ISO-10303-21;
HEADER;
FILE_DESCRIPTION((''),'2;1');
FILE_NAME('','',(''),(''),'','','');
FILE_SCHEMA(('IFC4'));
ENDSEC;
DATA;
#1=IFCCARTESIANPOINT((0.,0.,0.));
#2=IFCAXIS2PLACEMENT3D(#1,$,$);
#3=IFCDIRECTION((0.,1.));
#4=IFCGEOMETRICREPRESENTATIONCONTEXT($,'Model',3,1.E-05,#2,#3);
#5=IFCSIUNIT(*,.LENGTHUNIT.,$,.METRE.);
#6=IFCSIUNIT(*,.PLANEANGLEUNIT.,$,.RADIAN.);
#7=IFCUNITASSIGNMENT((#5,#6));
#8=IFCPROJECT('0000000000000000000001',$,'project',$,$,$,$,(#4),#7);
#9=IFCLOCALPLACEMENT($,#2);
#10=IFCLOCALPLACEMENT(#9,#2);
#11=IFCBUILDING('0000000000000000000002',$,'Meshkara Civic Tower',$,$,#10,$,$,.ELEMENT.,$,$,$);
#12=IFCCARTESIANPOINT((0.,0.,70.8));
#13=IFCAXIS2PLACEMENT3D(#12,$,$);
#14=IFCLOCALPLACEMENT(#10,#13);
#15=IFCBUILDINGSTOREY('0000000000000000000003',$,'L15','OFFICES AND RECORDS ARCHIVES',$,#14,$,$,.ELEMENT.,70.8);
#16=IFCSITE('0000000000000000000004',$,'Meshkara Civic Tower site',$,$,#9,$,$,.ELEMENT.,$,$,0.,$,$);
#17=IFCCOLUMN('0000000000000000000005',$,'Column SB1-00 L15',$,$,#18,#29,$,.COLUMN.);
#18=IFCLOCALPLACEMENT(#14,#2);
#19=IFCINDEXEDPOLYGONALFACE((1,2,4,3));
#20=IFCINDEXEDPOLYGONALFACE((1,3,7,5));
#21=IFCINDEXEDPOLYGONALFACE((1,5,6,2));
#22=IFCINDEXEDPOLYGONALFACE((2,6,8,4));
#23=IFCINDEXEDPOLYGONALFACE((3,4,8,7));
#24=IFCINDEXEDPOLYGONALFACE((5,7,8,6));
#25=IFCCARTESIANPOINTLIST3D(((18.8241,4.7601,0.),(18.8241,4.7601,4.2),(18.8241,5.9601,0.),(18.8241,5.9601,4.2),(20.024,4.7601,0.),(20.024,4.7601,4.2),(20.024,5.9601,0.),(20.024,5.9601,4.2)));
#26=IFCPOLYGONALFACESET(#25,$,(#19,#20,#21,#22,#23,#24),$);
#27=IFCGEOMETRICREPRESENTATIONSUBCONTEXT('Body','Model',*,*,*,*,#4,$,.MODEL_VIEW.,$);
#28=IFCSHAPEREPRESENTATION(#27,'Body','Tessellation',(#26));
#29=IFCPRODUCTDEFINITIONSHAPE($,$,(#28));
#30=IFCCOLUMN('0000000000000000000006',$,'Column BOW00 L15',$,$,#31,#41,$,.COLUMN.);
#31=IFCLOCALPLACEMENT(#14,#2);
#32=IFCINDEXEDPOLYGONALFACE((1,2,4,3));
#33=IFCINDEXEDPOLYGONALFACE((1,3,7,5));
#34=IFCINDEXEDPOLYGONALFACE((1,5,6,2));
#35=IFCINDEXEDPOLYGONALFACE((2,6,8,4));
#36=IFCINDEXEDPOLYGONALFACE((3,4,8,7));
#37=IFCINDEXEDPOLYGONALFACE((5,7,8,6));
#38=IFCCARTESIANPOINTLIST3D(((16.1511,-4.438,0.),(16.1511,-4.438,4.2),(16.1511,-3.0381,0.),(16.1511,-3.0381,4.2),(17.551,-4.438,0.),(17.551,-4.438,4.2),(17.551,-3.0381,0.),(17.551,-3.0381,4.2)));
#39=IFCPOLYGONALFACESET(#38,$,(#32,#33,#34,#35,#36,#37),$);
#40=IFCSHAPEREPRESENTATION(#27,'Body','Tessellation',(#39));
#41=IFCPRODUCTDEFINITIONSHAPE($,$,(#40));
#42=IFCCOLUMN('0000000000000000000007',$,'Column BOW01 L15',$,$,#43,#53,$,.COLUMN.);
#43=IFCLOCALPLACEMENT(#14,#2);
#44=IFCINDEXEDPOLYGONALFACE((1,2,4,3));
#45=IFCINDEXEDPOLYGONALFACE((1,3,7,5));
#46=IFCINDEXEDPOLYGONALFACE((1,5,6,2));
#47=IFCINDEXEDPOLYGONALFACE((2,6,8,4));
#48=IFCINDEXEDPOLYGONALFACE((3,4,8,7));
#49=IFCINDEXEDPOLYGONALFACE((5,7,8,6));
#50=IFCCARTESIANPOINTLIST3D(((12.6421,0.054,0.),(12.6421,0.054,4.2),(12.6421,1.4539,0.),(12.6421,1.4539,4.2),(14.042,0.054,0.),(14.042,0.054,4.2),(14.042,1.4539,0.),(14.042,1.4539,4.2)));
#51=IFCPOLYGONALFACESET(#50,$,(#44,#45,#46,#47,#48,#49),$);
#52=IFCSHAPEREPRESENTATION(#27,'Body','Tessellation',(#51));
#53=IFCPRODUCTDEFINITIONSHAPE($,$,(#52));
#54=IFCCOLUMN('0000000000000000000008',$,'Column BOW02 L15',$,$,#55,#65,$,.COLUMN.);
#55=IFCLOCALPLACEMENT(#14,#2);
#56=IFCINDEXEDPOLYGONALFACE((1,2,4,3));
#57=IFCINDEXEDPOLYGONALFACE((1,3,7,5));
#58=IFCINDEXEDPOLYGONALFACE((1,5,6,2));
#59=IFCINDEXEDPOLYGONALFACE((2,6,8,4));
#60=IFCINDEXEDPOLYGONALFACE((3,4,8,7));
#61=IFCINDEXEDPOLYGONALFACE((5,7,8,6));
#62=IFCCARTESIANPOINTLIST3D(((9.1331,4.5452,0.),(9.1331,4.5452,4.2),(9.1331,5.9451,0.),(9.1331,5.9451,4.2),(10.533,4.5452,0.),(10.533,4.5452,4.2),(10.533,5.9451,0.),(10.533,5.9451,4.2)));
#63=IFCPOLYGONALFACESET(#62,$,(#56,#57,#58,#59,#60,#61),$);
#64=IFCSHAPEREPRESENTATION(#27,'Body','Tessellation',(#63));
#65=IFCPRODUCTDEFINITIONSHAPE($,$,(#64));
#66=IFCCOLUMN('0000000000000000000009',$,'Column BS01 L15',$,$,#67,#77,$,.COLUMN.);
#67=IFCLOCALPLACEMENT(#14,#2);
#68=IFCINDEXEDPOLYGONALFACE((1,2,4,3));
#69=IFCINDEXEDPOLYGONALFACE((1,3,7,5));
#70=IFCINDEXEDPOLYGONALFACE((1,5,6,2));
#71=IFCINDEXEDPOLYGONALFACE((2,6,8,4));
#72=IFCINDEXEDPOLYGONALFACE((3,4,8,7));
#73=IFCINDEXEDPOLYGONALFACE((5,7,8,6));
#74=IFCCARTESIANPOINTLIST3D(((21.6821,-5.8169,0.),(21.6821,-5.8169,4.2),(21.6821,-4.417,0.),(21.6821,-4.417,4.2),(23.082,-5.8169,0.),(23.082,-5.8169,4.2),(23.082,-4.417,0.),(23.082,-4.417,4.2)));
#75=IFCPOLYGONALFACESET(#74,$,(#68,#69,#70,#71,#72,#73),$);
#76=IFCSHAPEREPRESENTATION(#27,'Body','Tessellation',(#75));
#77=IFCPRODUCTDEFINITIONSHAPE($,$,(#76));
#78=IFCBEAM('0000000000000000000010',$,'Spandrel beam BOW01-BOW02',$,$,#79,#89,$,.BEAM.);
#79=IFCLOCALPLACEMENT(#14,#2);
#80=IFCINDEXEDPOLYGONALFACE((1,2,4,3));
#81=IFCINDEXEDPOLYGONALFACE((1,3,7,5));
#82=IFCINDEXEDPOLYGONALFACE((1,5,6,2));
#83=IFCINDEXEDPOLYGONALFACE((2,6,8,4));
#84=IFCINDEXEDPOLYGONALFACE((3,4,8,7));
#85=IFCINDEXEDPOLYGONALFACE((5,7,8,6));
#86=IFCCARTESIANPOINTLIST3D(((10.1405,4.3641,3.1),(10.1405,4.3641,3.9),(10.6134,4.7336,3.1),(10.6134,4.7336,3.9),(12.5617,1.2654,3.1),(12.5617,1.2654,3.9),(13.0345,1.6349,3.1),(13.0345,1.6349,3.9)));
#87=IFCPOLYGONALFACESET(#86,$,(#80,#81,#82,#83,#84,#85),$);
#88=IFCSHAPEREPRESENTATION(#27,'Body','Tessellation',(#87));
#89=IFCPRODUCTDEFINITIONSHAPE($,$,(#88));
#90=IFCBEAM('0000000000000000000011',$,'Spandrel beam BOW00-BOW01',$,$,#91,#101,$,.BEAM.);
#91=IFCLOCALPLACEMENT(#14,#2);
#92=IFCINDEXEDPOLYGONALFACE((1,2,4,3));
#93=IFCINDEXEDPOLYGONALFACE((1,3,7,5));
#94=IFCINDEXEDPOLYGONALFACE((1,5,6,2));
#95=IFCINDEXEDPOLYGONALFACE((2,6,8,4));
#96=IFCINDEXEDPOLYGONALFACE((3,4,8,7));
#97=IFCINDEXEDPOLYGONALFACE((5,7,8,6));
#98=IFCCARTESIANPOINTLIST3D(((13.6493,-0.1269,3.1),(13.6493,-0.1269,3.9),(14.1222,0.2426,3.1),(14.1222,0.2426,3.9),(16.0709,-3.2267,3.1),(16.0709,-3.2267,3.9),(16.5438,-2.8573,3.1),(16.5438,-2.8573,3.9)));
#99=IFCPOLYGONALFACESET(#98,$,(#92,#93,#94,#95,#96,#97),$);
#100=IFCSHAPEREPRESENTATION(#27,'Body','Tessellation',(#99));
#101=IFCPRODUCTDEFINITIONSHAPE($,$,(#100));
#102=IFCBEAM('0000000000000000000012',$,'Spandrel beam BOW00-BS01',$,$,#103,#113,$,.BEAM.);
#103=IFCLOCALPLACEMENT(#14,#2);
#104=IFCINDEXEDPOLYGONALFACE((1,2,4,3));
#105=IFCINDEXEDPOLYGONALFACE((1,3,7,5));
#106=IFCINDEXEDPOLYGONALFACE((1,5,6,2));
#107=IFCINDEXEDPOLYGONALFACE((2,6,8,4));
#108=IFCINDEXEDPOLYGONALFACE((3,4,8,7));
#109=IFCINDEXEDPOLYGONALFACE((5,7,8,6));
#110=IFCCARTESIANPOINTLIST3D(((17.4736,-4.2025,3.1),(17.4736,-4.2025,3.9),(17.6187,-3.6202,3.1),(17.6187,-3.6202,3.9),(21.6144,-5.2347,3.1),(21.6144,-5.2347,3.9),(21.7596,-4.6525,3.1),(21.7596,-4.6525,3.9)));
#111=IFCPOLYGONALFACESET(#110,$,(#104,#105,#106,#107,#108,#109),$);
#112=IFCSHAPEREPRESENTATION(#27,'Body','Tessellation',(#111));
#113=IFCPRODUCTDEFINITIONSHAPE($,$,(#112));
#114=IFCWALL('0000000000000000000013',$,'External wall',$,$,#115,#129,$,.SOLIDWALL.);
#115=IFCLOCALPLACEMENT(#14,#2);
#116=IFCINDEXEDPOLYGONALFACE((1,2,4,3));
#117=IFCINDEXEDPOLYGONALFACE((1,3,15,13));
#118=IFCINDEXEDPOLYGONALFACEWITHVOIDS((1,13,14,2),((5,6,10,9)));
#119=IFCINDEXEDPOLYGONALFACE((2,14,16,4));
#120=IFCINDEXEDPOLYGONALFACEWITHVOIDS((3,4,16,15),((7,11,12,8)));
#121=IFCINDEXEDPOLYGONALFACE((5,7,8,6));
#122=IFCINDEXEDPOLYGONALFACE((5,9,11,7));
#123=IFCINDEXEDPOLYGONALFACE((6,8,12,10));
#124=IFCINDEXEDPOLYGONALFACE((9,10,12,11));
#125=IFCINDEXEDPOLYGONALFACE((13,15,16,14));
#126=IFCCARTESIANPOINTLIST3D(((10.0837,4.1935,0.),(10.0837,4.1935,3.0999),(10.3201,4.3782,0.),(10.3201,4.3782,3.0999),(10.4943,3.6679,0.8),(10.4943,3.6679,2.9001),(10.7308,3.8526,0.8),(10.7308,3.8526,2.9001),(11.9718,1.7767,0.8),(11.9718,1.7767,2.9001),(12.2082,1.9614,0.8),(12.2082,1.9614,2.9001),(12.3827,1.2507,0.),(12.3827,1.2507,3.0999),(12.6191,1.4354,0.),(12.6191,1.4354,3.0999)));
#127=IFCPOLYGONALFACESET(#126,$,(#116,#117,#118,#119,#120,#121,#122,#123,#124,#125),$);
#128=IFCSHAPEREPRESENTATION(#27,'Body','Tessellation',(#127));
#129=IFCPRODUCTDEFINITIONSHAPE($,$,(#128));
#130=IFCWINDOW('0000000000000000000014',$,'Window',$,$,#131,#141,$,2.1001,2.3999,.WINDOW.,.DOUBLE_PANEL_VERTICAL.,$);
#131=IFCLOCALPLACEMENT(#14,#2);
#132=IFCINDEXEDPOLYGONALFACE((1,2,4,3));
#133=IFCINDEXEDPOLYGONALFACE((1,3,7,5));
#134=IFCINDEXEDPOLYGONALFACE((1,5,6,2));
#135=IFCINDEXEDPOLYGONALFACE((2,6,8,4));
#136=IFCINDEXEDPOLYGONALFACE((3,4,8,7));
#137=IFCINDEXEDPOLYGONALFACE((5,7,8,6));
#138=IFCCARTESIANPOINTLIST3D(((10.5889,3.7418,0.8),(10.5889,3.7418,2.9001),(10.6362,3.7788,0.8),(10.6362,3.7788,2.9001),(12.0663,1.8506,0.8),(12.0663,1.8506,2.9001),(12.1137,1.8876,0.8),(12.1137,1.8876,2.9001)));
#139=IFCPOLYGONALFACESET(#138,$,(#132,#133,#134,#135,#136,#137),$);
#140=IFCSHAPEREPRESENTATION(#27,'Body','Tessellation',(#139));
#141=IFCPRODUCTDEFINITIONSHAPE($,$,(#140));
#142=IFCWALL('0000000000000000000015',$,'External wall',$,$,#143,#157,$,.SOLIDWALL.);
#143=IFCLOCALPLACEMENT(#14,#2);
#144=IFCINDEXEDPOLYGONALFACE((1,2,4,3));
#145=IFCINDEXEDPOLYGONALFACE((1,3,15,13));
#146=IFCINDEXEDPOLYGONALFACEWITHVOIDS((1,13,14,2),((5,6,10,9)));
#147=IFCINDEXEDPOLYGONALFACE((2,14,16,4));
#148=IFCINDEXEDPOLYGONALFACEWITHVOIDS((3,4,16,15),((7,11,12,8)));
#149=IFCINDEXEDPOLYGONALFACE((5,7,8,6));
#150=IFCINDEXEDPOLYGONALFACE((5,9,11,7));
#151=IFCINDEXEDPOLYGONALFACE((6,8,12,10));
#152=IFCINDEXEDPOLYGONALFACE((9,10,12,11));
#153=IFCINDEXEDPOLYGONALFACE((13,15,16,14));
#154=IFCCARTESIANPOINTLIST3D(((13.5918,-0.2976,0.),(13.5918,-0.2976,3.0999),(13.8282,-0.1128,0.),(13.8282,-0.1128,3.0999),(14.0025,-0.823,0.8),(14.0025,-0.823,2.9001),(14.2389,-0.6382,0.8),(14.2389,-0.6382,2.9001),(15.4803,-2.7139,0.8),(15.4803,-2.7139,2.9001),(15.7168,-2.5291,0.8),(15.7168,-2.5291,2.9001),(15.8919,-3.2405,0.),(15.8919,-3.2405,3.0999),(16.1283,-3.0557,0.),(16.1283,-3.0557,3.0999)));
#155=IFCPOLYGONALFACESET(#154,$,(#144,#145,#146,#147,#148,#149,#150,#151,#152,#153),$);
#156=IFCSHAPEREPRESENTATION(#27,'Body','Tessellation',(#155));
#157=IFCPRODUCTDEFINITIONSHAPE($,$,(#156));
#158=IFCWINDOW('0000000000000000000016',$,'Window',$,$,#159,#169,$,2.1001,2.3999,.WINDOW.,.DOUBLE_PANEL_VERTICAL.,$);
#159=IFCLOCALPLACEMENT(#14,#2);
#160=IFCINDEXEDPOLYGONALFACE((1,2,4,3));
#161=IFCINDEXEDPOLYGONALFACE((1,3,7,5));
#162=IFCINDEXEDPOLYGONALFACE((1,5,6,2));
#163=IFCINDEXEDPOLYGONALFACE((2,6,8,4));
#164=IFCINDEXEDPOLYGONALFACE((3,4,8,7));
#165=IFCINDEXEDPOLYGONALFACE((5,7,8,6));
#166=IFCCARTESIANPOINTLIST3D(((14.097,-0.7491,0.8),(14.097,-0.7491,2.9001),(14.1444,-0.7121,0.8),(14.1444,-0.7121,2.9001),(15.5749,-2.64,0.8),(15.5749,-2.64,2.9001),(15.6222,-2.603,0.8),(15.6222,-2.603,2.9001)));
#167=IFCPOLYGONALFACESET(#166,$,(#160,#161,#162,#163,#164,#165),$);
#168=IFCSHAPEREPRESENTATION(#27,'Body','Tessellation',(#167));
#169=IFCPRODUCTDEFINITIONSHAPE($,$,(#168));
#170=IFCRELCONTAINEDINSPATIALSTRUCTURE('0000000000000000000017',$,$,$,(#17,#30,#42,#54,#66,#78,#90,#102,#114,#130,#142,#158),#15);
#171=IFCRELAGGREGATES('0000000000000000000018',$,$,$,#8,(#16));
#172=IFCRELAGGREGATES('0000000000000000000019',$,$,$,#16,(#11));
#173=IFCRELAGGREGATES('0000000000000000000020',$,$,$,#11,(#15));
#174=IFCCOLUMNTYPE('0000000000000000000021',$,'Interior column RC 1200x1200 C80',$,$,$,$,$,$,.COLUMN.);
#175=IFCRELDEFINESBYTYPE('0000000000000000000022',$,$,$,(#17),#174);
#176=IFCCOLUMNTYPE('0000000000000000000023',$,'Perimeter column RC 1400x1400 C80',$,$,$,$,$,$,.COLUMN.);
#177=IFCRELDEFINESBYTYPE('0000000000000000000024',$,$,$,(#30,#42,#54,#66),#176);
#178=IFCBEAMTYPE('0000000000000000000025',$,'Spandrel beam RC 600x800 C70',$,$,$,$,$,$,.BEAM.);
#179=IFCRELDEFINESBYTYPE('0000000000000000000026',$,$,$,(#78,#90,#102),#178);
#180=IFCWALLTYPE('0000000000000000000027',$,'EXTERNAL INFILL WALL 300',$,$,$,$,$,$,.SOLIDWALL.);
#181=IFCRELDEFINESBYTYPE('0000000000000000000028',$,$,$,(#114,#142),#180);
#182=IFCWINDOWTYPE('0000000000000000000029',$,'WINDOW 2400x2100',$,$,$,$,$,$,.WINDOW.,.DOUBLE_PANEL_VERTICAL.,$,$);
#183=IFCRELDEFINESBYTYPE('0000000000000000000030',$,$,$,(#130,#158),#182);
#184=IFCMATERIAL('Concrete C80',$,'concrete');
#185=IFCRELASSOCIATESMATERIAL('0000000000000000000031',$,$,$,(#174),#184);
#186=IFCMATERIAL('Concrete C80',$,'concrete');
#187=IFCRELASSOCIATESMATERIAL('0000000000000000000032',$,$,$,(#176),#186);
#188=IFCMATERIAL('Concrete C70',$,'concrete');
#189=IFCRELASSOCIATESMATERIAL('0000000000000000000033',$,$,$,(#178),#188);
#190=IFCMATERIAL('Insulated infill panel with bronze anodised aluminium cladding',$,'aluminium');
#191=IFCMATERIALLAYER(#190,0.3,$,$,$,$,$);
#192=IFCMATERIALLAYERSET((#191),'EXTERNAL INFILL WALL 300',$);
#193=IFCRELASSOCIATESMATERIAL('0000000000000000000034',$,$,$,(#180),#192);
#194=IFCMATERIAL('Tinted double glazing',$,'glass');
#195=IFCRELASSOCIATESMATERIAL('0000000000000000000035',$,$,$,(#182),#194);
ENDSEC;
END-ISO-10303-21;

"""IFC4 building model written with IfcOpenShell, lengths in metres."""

from ifc_helpers import new_model, si_unit, direction, frame, frame_2d, origin, origin_2d, place, context, subcontext, project, spatial, rectangle, extrude, material, layer, layer_set, material_profile, profile_set, type_object, element, fill, save


model = new_model("IFC4")

# Units and contexts
model_context = context("Model", 3, precision=1e-05, world=origin(), true_north=direction((0.0, 1.0)))
body_context = subcontext(model_context, "Body", "Model", "MODEL_VIEW")
ifc_project = project(units=[si_unit("LENGTHUNIT", "METRE"), si_unit("PLANEANGLEUNIT", "RADIAN")], contexts=[model_context])

# Site, building, storey
site_placement = place(None, origin())
site = spatial("IfcSite", under=ifc_project, at=site_placement, Name="Meshkara Civic Tower site", CompositionType="ELEMENT", RefElevation=0.0)
building_placement = place(site_placement, origin())
building = spatial("IfcBuilding", under=site, at=building_placement, Name="Meshkara Civic Tower", CompositionType="ELEMENT")
storey_placement = place(building_placement, frame((0.0, 0.0, 70.8)))
storey = spatial("IfcBuildingStorey", under=building, at=storey_placement, Name="L15", Description="OFFICES AND RECORDS ARCHIVES", CompositionType="ELEMENT", Elevation=70.8)

# Columns
ifc_material_1 = material(Name="Concrete C80", Category="concrete")
ifc_material_profile_1 = material_profile(ifc_material_1, rectangle(XDim=1.2, YDim=1.2, at=origin_2d()))
ifc_profile_set_1 = profile_set([ifc_material_profile_1], Name="Concrete C80")
column_type_1 = type_object("IfcColumnType", Name="Interior column RC 1200x1200 C80", PredefinedType="COLUMN", material=ifc_profile_set_1)
column_placement = place(storey_placement, frame((19.4241, 5.3601, 0.0), z_axis=(0.0, 0.0, 1.0), x_axis=(1.0, 0.0, 0.0)))
element("IfcColumn", 1, at=column_placement, inside=storey, type_object=column_type_1, Name="Column SB1-00 L15", PredefinedType="COLUMN", context=body_context, shape_type="SweptSolid", body=[
    extrude(rectangle(XDim=1.2, YDim=1.2, at=origin_2d()), origin(), (0.0, 0.0, 1.0), 4.2),
])
ifc_material_2 = material(Name="Concrete C80", Category="concrete")
ifc_material_profile_2 = material_profile(ifc_material_2, rectangle(XDim=1.3999, YDim=1.3999, at=origin_2d()))
ifc_profile_set_2 = profile_set([ifc_material_profile_2], Name="Concrete C80")
column_type_2 = type_object("IfcColumnType", Name="Perimeter column RC 1400x1400 C80", PredefinedType="COLUMN", material=ifc_profile_set_2)
for number, where, z_axis, x_axis, name in (
    (2, (16.8511, -3.738, 0.0), (0.0, 0.0, 1.0), (1.0, 0.0, 0.0), "Column BOW00 L15"),
    (3, (13.342, 0.7539, 0.0), (0.0, 0.0, 1.0), (1.0, 0.0, 0.0), "Column BOW01 L15"),
    (4, (9.833, 5.2451, 0.0), (0.0, 0.0, 1.0), (1.0, 0.0, 0.0), "Column BOW02 L15"),
    (5, (22.3821, -5.1169, 0.0), (0.0, 0.0, 1.0), (1.0, 0.0, 0.0), "Column BS01 L15"),
):
    element("IfcColumn", number, at=place(storey_placement, frame(where, z_axis=z_axis, x_axis=x_axis)), inside=storey, type_object=column_type_2, Name=name, PredefinedType="COLUMN", context=body_context, shape_type="SweptSolid", body=[
        extrude(rectangle(XDim=1.3999, YDim=1.3999, at=origin_2d()), origin(), (0.0, 0.0, 1.0), 4.2),
    ])

# Beams
ifc_material_3 = material(Name="Concrete C70", Category="concrete")
ifc_material_profile_3 = material_profile(ifc_material_3, rectangle(XDim=0.6001, YDim=0.8, at=origin_2d()))
ifc_profile_set_3 = profile_set([ifc_material_profile_3], Name="Concrete C70")
beam_type = type_object("IfcBeamType", Name="Spandrel beam RC 600x800 C70", PredefinedType="BEAM", material=ifc_profile_set_3)
beam_1_placement = place(storey_placement, frame((10.377, 4.5488, 3.5), z_axis=(0.615697, -0.787983, 0.0), x_axis=(0.787983, 0.615697, 0.0)))
element("IfcBeam", 6, at=beam_1_placement, inside=storey, type_object=beam_type, Name="Spandrel beam BOW01-BOW02", PredefinedType="BEAM", context=body_context, shape_type="SweptSolid", body=[
    extrude(rectangle(XDim=0.6001, YDim=0.8, at=origin_2d()), origin(), (0.0, 0.0, 1.0), 3.9324),
])
beam_2_placement = place(storey_placement, frame((13.8857, 0.0579, 3.5), z_axis=(0.615624, -0.78804, 0.0), x_axis=(0.78804, 0.615624, 0.0)))
element("IfcBeam", 7, at=beam_2_placement, inside=storey, type_object=beam_type, Name="Spandrel beam BOW00-BOW01", PredefinedType="BEAM", context=body_context, shape_type="SweptSolid", body=[
    extrude(rectangle(XDim=0.6001, YDim=0.8, at=origin_2d()), origin(), (0.0, 0.0, 1.0), 3.9336),
])
beam_3_placement = place(storey_placement, frame((17.5461, -3.9114, 3.5), z_axis=(0.970307, -0.241876, 0.0), x_axis=(0.241876, 0.970307, 0.0)))
element("IfcBeam", 8, at=beam_3_placement, inside=storey, type_object=beam_type, Name="Spandrel beam BOW00-BS01", PredefinedType="BEAM", context=body_context, shape_type="SweptSolid", body=[
    extrude(rectangle(XDim=0.6001, YDim=0.8, at=origin_2d()), origin(), (0.0, 0.0, 1.0), 4.2676),
])

# Walls, openings, windows
ifc_material_4 = material(Name="Insulated infill panel with bronze anodised aluminium cladding", Category="aluminium")
ifc_layer = layer(ifc_material_4, 0.3)
ifc_layer_set = layer_set([ifc_layer], Name="EXTERNAL INFILL WALL 300")
wall_type = type_object("IfcWallType", Name="EXTERNAL INFILL WALL 300", PredefinedType="SOLIDWALL", material=ifc_layer_set)
wall_1_placement = place(storey_placement, frame((10.2019, 4.2859, 0.0), z_axis=(0.0, 0.0, 1.0), x_axis=(0.615636, -0.78803, 0.0)))
wall_1 = element("IfcWall", 9, at=wall_1_placement, inside=storey, type_object=wall_type, Name="External wall", PredefinedType="SOLIDWALL", context=body_context, shape_type="SweptSolid", body=[
    extrude(rectangle(XDim=3.7344, YDim=0.3, at=frame_2d((1.8672, 0.0))), origin(), (0.0, 0.0, 1.0), 3.0999),
])
opening_1_placement = place(wall_1_placement, frame((0.667, 0.0, 0.8)))
opening_1 = element("IfcOpeningElement", 10, at=opening_1_placement, cuts=wall_1, PredefinedType="OPENING", context=body_context, shape_type="SweptSolid", body=[
    extrude(rectangle(XDim=2.3999, YDim=2.1001, at=frame_2d((1.2, 1.05))), frame((0.0, 0.1599, 0.0), z_axis=(0.0, -1.0, 0.0), x_axis=(1.0, 0.0, 0.0)), (0.0, 0.0, 1.0), 0.3201),
])
ifc_material_5 = material(Name="Tinted double glazing", Category="glass")
window_type = type_object("IfcWindowType", Name="WINDOW 2400x2100", PartitioningType="DOUBLE_PANEL_VERTICAL", PredefinedType="WINDOW", material=ifc_material_5)
window_1_placement = place(opening_1_placement, origin())
window_1 = element("IfcWindow", 11, at=window_1_placement, inside=storey, type_object=window_type, Name="Window", OverallHeight=2.1001, OverallWidth=2.3999, PartitioningType="DOUBLE_PANEL_VERTICAL", PredefinedType="WINDOW", context=body_context, shape_type="SweptSolid", body=[
    extrude(rectangle(XDim=2.3999, YDim=2.1001, at=frame_2d((1.2, 1.05))), frame((0.0, 0.03, 0.0), z_axis=(0.0, -1.0, 0.0), x_axis=(1.0, 0.0, 0.0)), (0.0, 0.0, 1.0), 0.0601),
])
fill(opening_1, window_1)
wall_2_placement = place(storey_placement, frame((13.71, -0.2051, 0.0), z_axis=(0.0, 0.0, 1.0), x_axis=(0.615799, -0.787903, 0.0)))
wall_2 = element("IfcWall", 12, at=wall_2_placement, inside=storey, type_object=wall_type, Name="External wall", PredefinedType="SOLIDWALL", context=body_context, shape_type="SweptSolid", body=[
    extrude(rectangle(XDim=3.7351, YDim=0.3, at=frame_2d((1.8677, 0.0))), origin(), (0.0, 0.0, 1.0), 3.0999),
])
opening_2_placement = place(wall_2_placement, frame((0.667, 0.0, 0.8)))
opening_2 = element("IfcOpeningElement", 13, at=opening_2_placement, cuts=wall_2, PredefinedType="OPENING", context=body_context, shape_type="SweptSolid", body=[
    extrude(rectangle(XDim=2.3999, YDim=2.1001, at=frame_2d((1.2, 1.05))), frame((0.0, 0.1599, 0.0), z_axis=(0.0, -1.0, 0.0), x_axis=(1.0, 0.0, 0.0)), (0.0, 0.0, 1.0), 0.3201),
])
window_2_placement = place(opening_2_placement, origin())
window_2 = element("IfcWindow", 14, at=window_2_placement, inside=storey, type_object=window_type, Name="Window", OverallHeight=2.1001, OverallWidth=2.3999, PartitioningType="DOUBLE_PANEL_VERTICAL", PredefinedType="WINDOW", context=body_context, shape_type="SweptSolid", body=[
    extrude(rectangle(XDim=2.3999, YDim=2.1001, at=frame_2d((1.2, 1.05))), frame((0.0, 0.03, 0.0), z_axis=(0.0, -1.0, 0.0), x_axis=(1.0, 0.0, 0.0)), (0.0, 0.0, 1.0), 0.0601),
])
fill(opening_2, window_2)

save(model, "model.ifc")
